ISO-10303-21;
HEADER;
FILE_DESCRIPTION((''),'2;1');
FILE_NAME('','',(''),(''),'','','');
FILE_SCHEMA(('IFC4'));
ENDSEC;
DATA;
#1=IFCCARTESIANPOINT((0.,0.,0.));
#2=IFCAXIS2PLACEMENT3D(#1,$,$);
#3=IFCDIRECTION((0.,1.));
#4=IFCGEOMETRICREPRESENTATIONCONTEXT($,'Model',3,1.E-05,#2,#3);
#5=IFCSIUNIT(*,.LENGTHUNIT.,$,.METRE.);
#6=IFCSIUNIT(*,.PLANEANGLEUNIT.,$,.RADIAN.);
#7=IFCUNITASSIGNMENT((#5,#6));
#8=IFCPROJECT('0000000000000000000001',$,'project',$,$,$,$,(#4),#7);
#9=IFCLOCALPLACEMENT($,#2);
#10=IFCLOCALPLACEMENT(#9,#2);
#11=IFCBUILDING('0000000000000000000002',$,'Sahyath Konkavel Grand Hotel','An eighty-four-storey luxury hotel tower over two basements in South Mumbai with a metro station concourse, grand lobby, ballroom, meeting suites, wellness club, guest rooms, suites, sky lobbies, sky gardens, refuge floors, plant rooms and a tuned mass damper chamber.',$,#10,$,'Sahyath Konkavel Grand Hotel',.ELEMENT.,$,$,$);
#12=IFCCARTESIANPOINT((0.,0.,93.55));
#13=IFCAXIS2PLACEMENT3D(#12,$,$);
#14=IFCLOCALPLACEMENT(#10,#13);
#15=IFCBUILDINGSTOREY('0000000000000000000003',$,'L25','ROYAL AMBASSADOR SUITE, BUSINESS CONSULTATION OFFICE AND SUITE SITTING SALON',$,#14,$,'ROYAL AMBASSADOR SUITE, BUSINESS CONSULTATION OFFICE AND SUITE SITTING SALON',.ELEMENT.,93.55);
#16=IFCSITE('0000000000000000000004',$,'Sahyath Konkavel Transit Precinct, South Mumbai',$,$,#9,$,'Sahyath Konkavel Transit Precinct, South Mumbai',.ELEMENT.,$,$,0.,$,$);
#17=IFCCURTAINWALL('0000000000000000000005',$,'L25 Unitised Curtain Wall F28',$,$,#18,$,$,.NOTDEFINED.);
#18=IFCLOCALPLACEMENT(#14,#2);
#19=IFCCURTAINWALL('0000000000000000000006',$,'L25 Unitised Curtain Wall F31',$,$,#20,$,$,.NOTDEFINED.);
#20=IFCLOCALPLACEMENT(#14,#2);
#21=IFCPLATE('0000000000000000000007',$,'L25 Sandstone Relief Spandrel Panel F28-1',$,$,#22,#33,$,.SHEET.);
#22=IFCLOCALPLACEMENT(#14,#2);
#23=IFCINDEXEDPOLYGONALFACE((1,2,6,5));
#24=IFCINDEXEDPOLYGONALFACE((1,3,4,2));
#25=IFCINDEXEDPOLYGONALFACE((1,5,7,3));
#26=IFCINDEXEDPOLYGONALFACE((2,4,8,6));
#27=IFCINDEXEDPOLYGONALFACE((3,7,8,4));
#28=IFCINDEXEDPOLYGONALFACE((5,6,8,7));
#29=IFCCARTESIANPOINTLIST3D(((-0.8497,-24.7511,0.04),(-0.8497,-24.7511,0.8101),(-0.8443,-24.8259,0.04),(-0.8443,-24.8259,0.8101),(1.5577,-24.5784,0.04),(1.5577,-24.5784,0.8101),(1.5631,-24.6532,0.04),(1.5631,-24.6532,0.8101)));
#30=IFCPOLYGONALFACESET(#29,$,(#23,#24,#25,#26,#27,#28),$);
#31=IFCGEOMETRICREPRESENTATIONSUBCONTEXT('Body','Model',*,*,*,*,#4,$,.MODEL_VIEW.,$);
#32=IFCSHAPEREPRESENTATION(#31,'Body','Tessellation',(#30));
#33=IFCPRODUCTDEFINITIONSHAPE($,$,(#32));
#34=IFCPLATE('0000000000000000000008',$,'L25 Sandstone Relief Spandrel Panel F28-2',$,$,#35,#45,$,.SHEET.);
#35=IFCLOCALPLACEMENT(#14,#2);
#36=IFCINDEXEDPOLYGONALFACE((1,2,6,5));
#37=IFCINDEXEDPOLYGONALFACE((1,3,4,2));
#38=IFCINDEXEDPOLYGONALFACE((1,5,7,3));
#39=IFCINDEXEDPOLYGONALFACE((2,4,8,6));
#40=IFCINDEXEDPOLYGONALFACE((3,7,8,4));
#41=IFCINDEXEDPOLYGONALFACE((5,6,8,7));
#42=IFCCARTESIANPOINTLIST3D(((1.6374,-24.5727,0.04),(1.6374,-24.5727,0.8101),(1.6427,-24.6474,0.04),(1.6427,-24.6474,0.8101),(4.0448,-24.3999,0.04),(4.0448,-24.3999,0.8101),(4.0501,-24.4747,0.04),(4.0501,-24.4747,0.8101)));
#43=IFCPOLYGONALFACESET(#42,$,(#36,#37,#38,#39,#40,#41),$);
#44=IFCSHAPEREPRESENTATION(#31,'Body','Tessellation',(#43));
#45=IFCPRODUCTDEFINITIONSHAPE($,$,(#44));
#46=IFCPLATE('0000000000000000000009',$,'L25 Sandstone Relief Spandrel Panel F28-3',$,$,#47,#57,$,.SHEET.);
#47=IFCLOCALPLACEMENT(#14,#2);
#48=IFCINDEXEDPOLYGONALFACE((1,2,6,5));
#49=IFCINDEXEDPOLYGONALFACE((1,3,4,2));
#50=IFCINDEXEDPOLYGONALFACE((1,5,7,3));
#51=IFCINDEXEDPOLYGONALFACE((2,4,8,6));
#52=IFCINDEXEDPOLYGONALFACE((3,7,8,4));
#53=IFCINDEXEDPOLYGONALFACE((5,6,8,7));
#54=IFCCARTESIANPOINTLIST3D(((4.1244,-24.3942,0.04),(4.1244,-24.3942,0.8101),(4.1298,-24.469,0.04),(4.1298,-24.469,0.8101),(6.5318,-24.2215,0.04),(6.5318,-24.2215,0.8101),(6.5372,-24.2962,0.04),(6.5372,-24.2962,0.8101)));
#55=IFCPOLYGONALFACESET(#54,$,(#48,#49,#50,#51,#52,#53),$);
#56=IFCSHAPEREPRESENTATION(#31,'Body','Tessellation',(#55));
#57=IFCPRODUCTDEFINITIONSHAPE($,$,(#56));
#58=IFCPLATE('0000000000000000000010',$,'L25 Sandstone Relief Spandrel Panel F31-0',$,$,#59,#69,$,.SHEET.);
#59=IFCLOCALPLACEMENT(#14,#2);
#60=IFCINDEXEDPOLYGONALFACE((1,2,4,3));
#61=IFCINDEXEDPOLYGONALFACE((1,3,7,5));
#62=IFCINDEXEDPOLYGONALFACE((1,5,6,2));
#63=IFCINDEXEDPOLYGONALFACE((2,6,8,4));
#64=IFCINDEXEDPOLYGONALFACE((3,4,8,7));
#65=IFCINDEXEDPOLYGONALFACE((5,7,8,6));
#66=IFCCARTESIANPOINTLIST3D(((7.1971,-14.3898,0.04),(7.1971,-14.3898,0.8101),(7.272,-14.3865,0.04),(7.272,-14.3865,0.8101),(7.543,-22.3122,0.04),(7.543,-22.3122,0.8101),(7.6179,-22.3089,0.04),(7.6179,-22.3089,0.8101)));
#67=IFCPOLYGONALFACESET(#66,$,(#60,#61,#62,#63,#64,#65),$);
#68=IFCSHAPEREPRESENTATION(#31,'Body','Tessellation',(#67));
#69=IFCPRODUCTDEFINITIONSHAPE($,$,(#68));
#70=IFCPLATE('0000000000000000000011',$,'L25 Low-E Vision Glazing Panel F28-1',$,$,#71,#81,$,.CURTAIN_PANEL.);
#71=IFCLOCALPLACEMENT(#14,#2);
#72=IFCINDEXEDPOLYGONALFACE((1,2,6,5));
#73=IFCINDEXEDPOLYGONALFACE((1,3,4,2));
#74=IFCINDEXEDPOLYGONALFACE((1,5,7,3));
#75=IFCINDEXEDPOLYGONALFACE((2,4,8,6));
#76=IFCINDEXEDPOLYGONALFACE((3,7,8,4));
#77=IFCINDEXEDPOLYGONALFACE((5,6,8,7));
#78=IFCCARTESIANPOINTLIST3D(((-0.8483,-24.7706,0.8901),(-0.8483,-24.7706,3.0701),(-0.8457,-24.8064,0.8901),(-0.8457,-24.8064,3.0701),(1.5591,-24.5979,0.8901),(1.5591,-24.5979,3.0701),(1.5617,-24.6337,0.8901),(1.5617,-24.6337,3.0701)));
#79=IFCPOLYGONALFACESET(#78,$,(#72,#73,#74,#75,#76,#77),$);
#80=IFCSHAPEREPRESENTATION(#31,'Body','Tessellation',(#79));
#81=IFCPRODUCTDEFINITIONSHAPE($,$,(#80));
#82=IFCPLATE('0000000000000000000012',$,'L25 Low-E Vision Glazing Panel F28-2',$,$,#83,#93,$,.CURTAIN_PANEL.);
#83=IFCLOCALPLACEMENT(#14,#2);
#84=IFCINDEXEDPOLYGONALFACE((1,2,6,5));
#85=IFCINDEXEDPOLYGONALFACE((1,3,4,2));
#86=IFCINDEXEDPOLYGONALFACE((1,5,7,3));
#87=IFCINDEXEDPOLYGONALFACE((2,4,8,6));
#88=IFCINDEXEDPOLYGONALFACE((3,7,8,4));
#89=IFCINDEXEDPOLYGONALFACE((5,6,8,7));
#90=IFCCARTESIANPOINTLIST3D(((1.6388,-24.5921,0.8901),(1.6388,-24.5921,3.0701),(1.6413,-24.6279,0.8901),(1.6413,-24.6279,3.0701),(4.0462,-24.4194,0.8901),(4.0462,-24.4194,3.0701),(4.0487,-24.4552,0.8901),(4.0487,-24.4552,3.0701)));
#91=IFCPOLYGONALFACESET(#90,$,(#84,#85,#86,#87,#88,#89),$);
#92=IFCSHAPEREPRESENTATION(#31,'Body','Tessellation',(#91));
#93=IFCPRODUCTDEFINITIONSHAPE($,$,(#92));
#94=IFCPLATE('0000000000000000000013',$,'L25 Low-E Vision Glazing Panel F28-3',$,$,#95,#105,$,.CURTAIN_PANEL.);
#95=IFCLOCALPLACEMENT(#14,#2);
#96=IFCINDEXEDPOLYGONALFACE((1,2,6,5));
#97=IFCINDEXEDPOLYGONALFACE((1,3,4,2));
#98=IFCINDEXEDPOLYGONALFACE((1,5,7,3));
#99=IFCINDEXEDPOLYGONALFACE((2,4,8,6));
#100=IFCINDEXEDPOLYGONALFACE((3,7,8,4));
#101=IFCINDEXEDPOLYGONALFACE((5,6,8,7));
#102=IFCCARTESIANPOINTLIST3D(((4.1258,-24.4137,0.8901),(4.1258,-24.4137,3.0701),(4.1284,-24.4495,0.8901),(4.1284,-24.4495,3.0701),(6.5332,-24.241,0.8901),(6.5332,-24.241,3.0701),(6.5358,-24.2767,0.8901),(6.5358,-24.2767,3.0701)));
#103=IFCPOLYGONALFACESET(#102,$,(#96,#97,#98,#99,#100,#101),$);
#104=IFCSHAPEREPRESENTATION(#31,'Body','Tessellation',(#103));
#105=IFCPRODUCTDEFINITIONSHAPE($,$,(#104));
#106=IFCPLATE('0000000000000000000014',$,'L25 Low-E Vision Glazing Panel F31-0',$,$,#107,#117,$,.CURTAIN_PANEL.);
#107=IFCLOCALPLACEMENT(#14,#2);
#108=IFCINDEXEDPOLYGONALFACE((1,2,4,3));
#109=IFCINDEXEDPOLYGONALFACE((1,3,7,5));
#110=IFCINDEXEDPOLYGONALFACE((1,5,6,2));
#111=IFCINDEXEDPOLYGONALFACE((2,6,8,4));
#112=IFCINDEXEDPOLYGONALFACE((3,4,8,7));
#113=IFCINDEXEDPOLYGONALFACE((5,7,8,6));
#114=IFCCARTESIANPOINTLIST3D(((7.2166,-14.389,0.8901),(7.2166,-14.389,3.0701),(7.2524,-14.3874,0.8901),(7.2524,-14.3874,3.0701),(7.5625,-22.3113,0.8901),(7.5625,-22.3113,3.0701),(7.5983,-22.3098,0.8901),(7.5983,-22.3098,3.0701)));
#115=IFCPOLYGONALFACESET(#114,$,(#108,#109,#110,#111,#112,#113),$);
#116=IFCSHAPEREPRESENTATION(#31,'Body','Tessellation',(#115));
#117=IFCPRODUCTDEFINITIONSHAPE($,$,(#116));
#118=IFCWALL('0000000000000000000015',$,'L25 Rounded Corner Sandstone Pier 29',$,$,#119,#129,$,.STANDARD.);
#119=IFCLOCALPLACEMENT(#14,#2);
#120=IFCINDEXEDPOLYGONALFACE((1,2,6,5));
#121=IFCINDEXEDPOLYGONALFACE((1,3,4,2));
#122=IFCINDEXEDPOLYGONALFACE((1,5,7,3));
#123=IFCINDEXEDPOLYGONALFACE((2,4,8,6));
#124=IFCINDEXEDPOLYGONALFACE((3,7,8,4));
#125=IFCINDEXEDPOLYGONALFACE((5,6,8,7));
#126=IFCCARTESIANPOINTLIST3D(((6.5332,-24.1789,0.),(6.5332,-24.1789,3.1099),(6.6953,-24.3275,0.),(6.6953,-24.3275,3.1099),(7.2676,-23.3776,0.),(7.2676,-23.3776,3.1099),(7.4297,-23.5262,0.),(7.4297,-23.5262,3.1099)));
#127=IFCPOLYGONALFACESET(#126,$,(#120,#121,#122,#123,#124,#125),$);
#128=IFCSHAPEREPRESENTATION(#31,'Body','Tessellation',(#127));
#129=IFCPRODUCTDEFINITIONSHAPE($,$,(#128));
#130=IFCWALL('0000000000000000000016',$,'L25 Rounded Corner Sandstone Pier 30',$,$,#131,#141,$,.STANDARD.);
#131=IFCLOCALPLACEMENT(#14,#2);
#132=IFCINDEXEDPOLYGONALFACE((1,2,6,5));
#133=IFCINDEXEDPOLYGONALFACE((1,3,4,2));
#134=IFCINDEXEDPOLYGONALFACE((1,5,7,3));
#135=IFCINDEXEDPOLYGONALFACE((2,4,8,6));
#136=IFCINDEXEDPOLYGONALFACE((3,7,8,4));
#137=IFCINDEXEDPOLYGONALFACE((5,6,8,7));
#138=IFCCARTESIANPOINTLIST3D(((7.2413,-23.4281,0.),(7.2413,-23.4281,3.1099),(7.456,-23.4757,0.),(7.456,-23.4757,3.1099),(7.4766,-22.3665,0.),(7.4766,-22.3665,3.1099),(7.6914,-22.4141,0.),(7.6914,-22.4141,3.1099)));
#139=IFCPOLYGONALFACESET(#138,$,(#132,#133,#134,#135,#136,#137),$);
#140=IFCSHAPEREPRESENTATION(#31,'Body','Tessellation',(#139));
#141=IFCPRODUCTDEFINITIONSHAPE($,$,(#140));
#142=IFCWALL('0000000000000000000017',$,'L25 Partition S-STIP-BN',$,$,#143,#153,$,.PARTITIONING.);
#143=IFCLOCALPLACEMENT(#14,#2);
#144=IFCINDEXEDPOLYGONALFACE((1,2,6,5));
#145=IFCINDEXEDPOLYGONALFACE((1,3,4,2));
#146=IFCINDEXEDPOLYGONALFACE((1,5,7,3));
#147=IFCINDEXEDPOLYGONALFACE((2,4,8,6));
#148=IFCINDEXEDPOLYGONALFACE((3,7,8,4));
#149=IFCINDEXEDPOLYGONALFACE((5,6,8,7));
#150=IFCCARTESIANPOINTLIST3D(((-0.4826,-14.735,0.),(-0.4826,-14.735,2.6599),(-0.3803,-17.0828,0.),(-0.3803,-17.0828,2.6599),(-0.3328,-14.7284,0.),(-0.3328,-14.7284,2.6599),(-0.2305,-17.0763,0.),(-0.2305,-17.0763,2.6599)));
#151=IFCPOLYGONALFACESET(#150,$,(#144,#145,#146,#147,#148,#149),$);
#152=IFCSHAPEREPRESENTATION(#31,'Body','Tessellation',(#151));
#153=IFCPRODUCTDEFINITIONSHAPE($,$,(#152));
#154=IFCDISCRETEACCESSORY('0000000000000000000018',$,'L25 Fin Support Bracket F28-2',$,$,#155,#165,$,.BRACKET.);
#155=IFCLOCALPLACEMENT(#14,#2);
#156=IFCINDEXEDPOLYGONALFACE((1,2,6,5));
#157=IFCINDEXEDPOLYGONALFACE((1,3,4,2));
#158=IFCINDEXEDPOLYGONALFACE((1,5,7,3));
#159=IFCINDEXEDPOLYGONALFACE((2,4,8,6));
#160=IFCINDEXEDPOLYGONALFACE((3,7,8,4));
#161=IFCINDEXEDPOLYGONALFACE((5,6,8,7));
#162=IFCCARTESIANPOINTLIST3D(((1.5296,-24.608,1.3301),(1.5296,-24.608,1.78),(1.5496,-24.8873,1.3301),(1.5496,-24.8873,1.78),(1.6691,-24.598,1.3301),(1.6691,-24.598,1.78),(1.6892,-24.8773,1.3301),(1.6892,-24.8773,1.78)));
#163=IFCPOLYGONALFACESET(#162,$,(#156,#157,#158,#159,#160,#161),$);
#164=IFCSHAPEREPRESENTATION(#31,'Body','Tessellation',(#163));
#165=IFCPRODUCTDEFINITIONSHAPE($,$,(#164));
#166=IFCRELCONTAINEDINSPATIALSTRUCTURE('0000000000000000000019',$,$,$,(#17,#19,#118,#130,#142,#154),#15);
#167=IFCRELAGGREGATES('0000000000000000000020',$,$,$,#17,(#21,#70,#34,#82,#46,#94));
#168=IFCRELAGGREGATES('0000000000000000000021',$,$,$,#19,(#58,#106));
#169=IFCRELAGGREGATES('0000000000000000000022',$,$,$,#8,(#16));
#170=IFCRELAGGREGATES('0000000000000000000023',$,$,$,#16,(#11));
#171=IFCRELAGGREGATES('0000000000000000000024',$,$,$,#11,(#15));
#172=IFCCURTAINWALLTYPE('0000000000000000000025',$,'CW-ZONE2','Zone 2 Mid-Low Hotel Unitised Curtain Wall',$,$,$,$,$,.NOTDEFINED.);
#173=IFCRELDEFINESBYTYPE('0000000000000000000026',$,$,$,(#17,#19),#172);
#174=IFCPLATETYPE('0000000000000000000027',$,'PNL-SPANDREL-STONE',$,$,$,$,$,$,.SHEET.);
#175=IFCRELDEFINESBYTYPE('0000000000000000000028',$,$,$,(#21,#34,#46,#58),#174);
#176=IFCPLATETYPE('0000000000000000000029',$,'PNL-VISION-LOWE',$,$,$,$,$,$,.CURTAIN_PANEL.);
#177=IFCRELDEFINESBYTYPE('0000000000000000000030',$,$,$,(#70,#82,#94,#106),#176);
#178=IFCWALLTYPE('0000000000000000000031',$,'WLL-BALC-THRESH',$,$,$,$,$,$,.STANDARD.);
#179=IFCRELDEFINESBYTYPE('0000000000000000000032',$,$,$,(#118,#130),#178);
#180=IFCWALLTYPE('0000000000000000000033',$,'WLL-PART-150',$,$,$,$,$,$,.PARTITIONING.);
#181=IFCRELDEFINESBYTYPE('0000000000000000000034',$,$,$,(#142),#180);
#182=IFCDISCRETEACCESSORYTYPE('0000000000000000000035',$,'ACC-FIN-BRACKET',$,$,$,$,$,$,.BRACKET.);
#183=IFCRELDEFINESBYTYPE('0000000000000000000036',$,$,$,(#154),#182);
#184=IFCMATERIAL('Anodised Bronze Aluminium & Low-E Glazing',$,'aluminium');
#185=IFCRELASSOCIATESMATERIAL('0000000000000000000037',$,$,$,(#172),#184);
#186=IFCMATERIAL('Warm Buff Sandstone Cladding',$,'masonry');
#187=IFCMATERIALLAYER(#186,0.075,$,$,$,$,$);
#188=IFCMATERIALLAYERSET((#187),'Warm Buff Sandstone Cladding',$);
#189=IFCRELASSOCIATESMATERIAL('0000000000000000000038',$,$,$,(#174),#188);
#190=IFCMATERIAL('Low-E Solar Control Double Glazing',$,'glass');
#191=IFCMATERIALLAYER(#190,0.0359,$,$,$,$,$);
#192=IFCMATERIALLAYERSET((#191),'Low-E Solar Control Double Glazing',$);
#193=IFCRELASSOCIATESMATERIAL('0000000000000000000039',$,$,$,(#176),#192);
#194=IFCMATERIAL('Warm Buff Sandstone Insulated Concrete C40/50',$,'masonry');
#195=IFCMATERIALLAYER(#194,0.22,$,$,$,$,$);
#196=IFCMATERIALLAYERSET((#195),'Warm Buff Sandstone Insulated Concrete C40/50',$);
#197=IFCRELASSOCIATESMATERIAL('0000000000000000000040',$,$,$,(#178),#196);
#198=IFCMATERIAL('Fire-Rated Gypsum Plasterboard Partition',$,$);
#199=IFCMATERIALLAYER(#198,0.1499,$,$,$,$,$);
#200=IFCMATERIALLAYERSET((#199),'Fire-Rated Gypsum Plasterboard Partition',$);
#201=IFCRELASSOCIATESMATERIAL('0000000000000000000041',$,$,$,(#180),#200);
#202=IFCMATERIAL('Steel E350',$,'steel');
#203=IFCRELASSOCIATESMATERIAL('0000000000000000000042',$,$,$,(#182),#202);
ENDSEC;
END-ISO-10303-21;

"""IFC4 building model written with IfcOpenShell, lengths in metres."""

from ifc_helpers import new_model, si_unit, direction, frame, frame_2d, origin, origin_2d, place, context, subcontext, project, spatial, rectangle, extrude, source, transform, mapped, material, layer, layer_set, type_object, element, aggregate, save


model = new_model("IFC4")

# Units and contexts
model_context = context("Model", 3, precision=1e-05, world=origin(), true_north=direction((0.0, 1.0)))
body_context = subcontext(model_context, "Body", "Model", "MODEL_VIEW")
ifc_project = project(units=[si_unit("LENGTHUNIT", "METRE"), si_unit("PLANEANGLEUNIT", "RADIAN")], contexts=[model_context])

# Site, building, storey
site_placement = place(None, origin())
site = spatial("IfcSite", under=ifc_project, at=site_placement, Name="Sahyath Konkavel Transit Precinct, South Mumbai", LongName="Sahyath Konkavel Transit Precinct, South Mumbai", CompositionType="ELEMENT", RefElevation=0.0)
building_placement = place(site_placement, origin())
building = spatial("IfcBuilding", under=site, at=building_placement, Name="Sahyath Konkavel Grand Hotel", Description="An eighty-four-storey luxury hotel tower over two basements in South Mumbai with a metro station concourse, grand lobby, ballroom, meeting suites, wellness club, guest rooms, suites, sky lobbies, sky gardens, refuge floors, plant rooms and a tuned mass damper chamber.", LongName="Sahyath Konkavel Grand Hotel", CompositionType="ELEMENT")
storey_placement = place(building_placement, frame((0.0, 0.0, 93.55)))
storey = spatial("IfcBuildingStorey", under=building, at=storey_placement, Name="L25", Description="ROYAL AMBASSADOR SUITE, BUSINESS CONSULTATION OFFICE AND SUITE SITTING SALON", LongName="ROYAL AMBASSADOR SUITE, BUSINESS CONSULTATION OFFICE AND SUITE SITTING SALON", CompositionType="ELEMENT", Elevation=93.55)

# Curtain wall
ifc_material_1 = material(Name="Anodised Bronze Aluminium & Low-E Glazing", Category="aluminium")
curtain_wall_type = type_object("IfcCurtainWallType", Name="CW-ZONE2", Description="Zone 2 Mid-Low Hotel Unitised Curtain Wall", PredefinedType="NOTDEFINED", material=ifc_material_1)
curtain_wall_1_placement = place(storey_placement, origin())
curtain_wall_1 = element("IfcCurtainWall", 1, at=curtain_wall_1_placement, inside=storey, type_object=curtain_wall_type, Name="L25 Unitised Curtain Wall F28", PredefinedType="NOTDEFINED")

# Curtain wall
curtain_wall_2_placement = place(storey_placement, origin())
curtain_wall_2 = element("IfcCurtainWall", 2, at=curtain_wall_2_placement, inside=storey, type_object=curtain_wall_type, Name="L25 Unitised Curtain Wall F31", PredefinedType="NOTDEFINED")

# Plates
ifc_material_2 = material(Name="Warm Buff Sandstone Cladding", Category="masonry")
ifc_layer_1 = layer(ifc_material_2, 0.075)
ifc_layer_set_1 = layer_set([ifc_layer_1], Name="Warm Buff Sandstone Cladding")
plate_type_1 = type_object("IfcPlateType", Name="PNL-SPANDREL-STONE", PredefinedType="SHEET", material=ifc_layer_set_1)
shared_shape_1 = source(origin(), body_context, "Body", "SweptSolid", [
    extrude(rectangle(XDim=2.4136, YDim=0.075, at=origin_2d()), origin(), (0.0, 0.0, 1.0), 0.77),
])
plate_1_placement = place(storey_placement, frame((0.3567, -24.7021, 0.04), z_axis=(0.0, 0.0, 1.0), x_axis=(0.997436, 0.071567, 0.0)))
plate_1 = element("IfcPlate", 3, at=plate_1_placement, type_object=plate_type_1, Name="L25 Sandstone Relief Spandrel Panel F28-1", PredefinedType="SHEET", context=body_context, shape_type="MappedRepresentation", body=[
    mapped(shared_shape_1, transform((0.0, 0.0, 0.0), scale=1.0)),
])
plate_2_placement = place(storey_placement, frame((2.8438, -24.5237, 0.04), z_axis=(0.0, 0.0, 1.0), x_axis=(0.997436, 0.071567, 0.0)))
plate_2 = element("IfcPlate", 4, at=plate_2_placement, type_object=plate_type_1, Name="L25 Sandstone Relief Spandrel Panel F28-2", PredefinedType="SHEET", context=body_context, shape_type="MappedRepresentation", body=[
    mapped(shared_shape_1, transform((0.0, 0.0, 0.0), scale=1.0)),
])
plate_3_placement = place(storey_placement, frame((5.3308, -24.3452, 0.04), z_axis=(0.0, 0.0, 1.0), x_axis=(0.997436, 0.071567, 0.0)))
plate_3 = element("IfcPlate", 5, at=plate_3_placement, type_object=plate_type_1, Name="L25 Sandstone Relief Spandrel Panel F28-3", PredefinedType="SHEET", context=body_context, shape_type="MappedRepresentation", body=[
    mapped(shared_shape_1, transform((0.0, 0.0, 0.0), scale=1.0)),
])
shared_shape_2 = source(origin(), body_context, "Body", "SweptSolid", [
    extrude(rectangle(XDim=7.9299, YDim=0.075, at=origin_2d()), origin(), (0.0, 0.0, 1.0), 0.77),
])
plate_4_placement = place(storey_placement, frame((7.4075, -18.3494, 0.04), z_axis=(0.0, 0.0, 1.0), x_axis=(-0.043619, 0.999048, 0.0)))
plate_4 = element("IfcPlate", 6, at=plate_4_placement, type_object=plate_type_1, Name="L25 Sandstone Relief Spandrel Panel F31-0", PredefinedType="SHEET", context=body_context, shape_type="MappedRepresentation", body=[
    mapped(shared_shape_2, transform((0.0, 0.0, 0.0), scale=1.0)),
])
ifc_material_3 = material(Name="Low-E Solar Control Double Glazing", Category="glass")
ifc_layer_2 = layer(ifc_material_3, 0.0359)
ifc_layer_set_2 = layer_set([ifc_layer_2], Name="Low-E Solar Control Double Glazing")
plate_type_2 = type_object("IfcPlateType", Name="PNL-VISION-LOWE", PredefinedType="CURTAIN_PANEL", material=ifc_layer_set_2)
shared_shape_3 = source(origin(), body_context, "Body", "SweptSolid", [
    extrude(rectangle(XDim=2.4136, YDim=0.0359, at=origin_2d()), origin(), (0.0, 0.0, 1.0), 2.1799),
])
plate_5_placement = place(storey_placement, frame((0.3567, -24.7021, 0.8901), z_axis=(0.0, 0.0, 1.0), x_axis=(0.997436, 0.071567, 0.0)))
plate_5 = element("IfcPlate", 7, at=plate_5_placement, type_object=plate_type_2, Name="L25 Low-E Vision Glazing Panel F28-1", PredefinedType="CURTAIN_PANEL", context=body_context, shape_type="MappedRepresentation", body=[
    mapped(shared_shape_3, transform((0.0, 0.0, 0.0), scale=1.0)),
])
plate_6_placement = place(storey_placement, frame((2.8438, -24.5237, 0.8901), z_axis=(0.0, 0.0, 1.0), x_axis=(0.997436, 0.071567, 0.0)))
plate_6 = element("IfcPlate", 8, at=plate_6_placement, type_object=plate_type_2, Name="L25 Low-E Vision Glazing Panel F28-2", PredefinedType="CURTAIN_PANEL", context=body_context, shape_type="MappedRepresentation", body=[
    mapped(shared_shape_3, transform((0.0, 0.0, 0.0), scale=1.0)),
])
plate_7_placement = place(storey_placement, frame((5.3308, -24.3452, 0.8901), z_axis=(0.0, 0.0, 1.0), x_axis=(0.997436, 0.071567, 0.0)))
plate_7 = element("IfcPlate", 9, at=plate_7_placement, type_object=plate_type_2, Name="L25 Low-E Vision Glazing Panel F28-3", PredefinedType="CURTAIN_PANEL", context=body_context, shape_type="MappedRepresentation", body=[
    mapped(shared_shape_3, transform((0.0, 0.0, 0.0), scale=1.0)),
])
aggregate(curtain_wall_1, [plate_1, plate_5, plate_2, plate_6, plate_3, plate_7])
shared_shape_4 = source(origin(), body_context, "Body", "SweptSolid", [
    extrude(rectangle(XDim=7.9299, YDim=0.0359, at=origin_2d()), origin(), (0.0, 0.0, 1.0), 2.1799),
])
plate_8_placement = place(storey_placement, frame((7.4075, -18.3494, 0.8901), z_axis=(0.0, 0.0, 1.0), x_axis=(-0.043619, 0.999048, 0.0)))
plate_8 = element("IfcPlate", 10, at=plate_8_placement, type_object=plate_type_2, Name="L25 Low-E Vision Glazing Panel F31-0", PredefinedType="CURTAIN_PANEL", context=body_context, shape_type="MappedRepresentation", body=[
    mapped(shared_shape_4, transform((0.0, 0.0, 0.0), scale=1.0)),
])
aggregate(curtain_wall_2, [plate_4, plate_8])

# Walls
ifc_material_4 = material(Name="Warm Buff Sandstone Insulated Concrete C40/50", Category="masonry")
ifc_layer_3 = layer(ifc_material_4, 0.22)
ifc_layer_set_3 = layer_set([ifc_layer_3], Name="Warm Buff Sandstone Insulated Concrete C40/50")
wall_type_1 = type_object("IfcWallType", Name="WLL-BALC-THRESH", PredefinedType="STANDARD", material=ifc_layer_set_3)
wall_1_placement = place(storey_placement, frame((6.6143, -24.2532, 0.0), z_axis=(0.0, 0.0, 1.0), x_axis=(0.675664, 0.73721, 0.0)))
element("IfcWall", 11, at=wall_1_placement, inside=storey, type_object=wall_type_1, Name="L25 Rounded Corner Sandstone Pier 29", PredefinedType="STANDARD", context=body_context, shape_type="SweptSolid", body=[
    extrude(rectangle(XDim=1.0869, YDim=0.22, at=frame_2d((0.5435, 0.0))), origin(), (0.0, 0.0, 1.0), 3.1099),
])
wall_2_placement = place(storey_placement, frame((7.3486, -23.4519, 0.0), z_axis=(0.0, 0.0, 1.0), x_axis=(0.216455, 0.976293, 0.0)))
element("IfcWall", 12, at=wall_2_placement, inside=storey, type_object=wall_type_1, Name="L25 Rounded Corner Sandstone Pier 30", PredefinedType="STANDARD", context=body_context, shape_type="SweptSolid", body=[
    extrude(rectangle(XDim=1.0874, YDim=0.22, at=frame_2d((0.5437, 0.0))), origin(), (0.0, 0.0, 1.0), 3.1099),
])
ifc_material_5 = material(Name="Fire-Rated Gypsum Plasterboard Partition")
ifc_layer_4 = layer(ifc_material_5, 0.1499)
ifc_layer_set_4 = layer_set([ifc_layer_4], Name="Fire-Rated Gypsum Plasterboard Partition")
wall_type_2 = type_object("IfcWallType", Name="WLL-PART-150", PredefinedType="PARTITIONING", material=ifc_layer_set_4)
wall_3_placement = place(storey_placement, frame((-0.4077, -14.7317, 0.0), z_axis=(0.0, 0.0, 1.0), x_axis=(0.043527, -0.999052, 0.0)))
element("IfcWall", 13, at=wall_3_placement, inside=storey, type_object=wall_type_2, Name="L25 Partition S-STIP-BN", PredefinedType="PARTITIONING", context=body_context, shape_type="SweptSolid", body=[
    extrude(rectangle(XDim=2.3501, YDim=0.1499, at=frame_2d((1.175, 0.0))), origin(), (0.0, 0.0, 1.0), 2.6599),
])

# Discrete accessory
ifc_material_6 = material(Name="Steel E350", Category="steel")
discrete_accessory_type = type_object("IfcDiscreteAccessoryType", Name="ACC-FIN-BRACKET", PredefinedType="BRACKET", material=ifc_material_6)
shared_shape_5 = source(origin(), body_context, "Body", "SweptSolid", [
    extrude(rectangle(XDim=0.28, YDim=0.1399, at=origin_2d()), origin(), (0.0, 0.0, 1.0), 0.45),
])
discrete_accessory_placement = place(storey_placement, frame((1.6094, -24.7427, 1.3301), z_axis=(0.0, 0.0, 1.0), x_axis=(0.071567, -0.997436, 0.0)))
element("IfcDiscreteAccessory", 14, at=discrete_accessory_placement, inside=storey, type_object=discrete_accessory_type, Name="L25 Fin Support Bracket F28-2", PredefinedType="BRACKET", context=body_context, shape_type="MappedRepresentation", body=[
    mapped(shared_shape_5, transform((0.0, 0.0, 0.0), scale=1.0)),
])

save(model, "model.ifc")
